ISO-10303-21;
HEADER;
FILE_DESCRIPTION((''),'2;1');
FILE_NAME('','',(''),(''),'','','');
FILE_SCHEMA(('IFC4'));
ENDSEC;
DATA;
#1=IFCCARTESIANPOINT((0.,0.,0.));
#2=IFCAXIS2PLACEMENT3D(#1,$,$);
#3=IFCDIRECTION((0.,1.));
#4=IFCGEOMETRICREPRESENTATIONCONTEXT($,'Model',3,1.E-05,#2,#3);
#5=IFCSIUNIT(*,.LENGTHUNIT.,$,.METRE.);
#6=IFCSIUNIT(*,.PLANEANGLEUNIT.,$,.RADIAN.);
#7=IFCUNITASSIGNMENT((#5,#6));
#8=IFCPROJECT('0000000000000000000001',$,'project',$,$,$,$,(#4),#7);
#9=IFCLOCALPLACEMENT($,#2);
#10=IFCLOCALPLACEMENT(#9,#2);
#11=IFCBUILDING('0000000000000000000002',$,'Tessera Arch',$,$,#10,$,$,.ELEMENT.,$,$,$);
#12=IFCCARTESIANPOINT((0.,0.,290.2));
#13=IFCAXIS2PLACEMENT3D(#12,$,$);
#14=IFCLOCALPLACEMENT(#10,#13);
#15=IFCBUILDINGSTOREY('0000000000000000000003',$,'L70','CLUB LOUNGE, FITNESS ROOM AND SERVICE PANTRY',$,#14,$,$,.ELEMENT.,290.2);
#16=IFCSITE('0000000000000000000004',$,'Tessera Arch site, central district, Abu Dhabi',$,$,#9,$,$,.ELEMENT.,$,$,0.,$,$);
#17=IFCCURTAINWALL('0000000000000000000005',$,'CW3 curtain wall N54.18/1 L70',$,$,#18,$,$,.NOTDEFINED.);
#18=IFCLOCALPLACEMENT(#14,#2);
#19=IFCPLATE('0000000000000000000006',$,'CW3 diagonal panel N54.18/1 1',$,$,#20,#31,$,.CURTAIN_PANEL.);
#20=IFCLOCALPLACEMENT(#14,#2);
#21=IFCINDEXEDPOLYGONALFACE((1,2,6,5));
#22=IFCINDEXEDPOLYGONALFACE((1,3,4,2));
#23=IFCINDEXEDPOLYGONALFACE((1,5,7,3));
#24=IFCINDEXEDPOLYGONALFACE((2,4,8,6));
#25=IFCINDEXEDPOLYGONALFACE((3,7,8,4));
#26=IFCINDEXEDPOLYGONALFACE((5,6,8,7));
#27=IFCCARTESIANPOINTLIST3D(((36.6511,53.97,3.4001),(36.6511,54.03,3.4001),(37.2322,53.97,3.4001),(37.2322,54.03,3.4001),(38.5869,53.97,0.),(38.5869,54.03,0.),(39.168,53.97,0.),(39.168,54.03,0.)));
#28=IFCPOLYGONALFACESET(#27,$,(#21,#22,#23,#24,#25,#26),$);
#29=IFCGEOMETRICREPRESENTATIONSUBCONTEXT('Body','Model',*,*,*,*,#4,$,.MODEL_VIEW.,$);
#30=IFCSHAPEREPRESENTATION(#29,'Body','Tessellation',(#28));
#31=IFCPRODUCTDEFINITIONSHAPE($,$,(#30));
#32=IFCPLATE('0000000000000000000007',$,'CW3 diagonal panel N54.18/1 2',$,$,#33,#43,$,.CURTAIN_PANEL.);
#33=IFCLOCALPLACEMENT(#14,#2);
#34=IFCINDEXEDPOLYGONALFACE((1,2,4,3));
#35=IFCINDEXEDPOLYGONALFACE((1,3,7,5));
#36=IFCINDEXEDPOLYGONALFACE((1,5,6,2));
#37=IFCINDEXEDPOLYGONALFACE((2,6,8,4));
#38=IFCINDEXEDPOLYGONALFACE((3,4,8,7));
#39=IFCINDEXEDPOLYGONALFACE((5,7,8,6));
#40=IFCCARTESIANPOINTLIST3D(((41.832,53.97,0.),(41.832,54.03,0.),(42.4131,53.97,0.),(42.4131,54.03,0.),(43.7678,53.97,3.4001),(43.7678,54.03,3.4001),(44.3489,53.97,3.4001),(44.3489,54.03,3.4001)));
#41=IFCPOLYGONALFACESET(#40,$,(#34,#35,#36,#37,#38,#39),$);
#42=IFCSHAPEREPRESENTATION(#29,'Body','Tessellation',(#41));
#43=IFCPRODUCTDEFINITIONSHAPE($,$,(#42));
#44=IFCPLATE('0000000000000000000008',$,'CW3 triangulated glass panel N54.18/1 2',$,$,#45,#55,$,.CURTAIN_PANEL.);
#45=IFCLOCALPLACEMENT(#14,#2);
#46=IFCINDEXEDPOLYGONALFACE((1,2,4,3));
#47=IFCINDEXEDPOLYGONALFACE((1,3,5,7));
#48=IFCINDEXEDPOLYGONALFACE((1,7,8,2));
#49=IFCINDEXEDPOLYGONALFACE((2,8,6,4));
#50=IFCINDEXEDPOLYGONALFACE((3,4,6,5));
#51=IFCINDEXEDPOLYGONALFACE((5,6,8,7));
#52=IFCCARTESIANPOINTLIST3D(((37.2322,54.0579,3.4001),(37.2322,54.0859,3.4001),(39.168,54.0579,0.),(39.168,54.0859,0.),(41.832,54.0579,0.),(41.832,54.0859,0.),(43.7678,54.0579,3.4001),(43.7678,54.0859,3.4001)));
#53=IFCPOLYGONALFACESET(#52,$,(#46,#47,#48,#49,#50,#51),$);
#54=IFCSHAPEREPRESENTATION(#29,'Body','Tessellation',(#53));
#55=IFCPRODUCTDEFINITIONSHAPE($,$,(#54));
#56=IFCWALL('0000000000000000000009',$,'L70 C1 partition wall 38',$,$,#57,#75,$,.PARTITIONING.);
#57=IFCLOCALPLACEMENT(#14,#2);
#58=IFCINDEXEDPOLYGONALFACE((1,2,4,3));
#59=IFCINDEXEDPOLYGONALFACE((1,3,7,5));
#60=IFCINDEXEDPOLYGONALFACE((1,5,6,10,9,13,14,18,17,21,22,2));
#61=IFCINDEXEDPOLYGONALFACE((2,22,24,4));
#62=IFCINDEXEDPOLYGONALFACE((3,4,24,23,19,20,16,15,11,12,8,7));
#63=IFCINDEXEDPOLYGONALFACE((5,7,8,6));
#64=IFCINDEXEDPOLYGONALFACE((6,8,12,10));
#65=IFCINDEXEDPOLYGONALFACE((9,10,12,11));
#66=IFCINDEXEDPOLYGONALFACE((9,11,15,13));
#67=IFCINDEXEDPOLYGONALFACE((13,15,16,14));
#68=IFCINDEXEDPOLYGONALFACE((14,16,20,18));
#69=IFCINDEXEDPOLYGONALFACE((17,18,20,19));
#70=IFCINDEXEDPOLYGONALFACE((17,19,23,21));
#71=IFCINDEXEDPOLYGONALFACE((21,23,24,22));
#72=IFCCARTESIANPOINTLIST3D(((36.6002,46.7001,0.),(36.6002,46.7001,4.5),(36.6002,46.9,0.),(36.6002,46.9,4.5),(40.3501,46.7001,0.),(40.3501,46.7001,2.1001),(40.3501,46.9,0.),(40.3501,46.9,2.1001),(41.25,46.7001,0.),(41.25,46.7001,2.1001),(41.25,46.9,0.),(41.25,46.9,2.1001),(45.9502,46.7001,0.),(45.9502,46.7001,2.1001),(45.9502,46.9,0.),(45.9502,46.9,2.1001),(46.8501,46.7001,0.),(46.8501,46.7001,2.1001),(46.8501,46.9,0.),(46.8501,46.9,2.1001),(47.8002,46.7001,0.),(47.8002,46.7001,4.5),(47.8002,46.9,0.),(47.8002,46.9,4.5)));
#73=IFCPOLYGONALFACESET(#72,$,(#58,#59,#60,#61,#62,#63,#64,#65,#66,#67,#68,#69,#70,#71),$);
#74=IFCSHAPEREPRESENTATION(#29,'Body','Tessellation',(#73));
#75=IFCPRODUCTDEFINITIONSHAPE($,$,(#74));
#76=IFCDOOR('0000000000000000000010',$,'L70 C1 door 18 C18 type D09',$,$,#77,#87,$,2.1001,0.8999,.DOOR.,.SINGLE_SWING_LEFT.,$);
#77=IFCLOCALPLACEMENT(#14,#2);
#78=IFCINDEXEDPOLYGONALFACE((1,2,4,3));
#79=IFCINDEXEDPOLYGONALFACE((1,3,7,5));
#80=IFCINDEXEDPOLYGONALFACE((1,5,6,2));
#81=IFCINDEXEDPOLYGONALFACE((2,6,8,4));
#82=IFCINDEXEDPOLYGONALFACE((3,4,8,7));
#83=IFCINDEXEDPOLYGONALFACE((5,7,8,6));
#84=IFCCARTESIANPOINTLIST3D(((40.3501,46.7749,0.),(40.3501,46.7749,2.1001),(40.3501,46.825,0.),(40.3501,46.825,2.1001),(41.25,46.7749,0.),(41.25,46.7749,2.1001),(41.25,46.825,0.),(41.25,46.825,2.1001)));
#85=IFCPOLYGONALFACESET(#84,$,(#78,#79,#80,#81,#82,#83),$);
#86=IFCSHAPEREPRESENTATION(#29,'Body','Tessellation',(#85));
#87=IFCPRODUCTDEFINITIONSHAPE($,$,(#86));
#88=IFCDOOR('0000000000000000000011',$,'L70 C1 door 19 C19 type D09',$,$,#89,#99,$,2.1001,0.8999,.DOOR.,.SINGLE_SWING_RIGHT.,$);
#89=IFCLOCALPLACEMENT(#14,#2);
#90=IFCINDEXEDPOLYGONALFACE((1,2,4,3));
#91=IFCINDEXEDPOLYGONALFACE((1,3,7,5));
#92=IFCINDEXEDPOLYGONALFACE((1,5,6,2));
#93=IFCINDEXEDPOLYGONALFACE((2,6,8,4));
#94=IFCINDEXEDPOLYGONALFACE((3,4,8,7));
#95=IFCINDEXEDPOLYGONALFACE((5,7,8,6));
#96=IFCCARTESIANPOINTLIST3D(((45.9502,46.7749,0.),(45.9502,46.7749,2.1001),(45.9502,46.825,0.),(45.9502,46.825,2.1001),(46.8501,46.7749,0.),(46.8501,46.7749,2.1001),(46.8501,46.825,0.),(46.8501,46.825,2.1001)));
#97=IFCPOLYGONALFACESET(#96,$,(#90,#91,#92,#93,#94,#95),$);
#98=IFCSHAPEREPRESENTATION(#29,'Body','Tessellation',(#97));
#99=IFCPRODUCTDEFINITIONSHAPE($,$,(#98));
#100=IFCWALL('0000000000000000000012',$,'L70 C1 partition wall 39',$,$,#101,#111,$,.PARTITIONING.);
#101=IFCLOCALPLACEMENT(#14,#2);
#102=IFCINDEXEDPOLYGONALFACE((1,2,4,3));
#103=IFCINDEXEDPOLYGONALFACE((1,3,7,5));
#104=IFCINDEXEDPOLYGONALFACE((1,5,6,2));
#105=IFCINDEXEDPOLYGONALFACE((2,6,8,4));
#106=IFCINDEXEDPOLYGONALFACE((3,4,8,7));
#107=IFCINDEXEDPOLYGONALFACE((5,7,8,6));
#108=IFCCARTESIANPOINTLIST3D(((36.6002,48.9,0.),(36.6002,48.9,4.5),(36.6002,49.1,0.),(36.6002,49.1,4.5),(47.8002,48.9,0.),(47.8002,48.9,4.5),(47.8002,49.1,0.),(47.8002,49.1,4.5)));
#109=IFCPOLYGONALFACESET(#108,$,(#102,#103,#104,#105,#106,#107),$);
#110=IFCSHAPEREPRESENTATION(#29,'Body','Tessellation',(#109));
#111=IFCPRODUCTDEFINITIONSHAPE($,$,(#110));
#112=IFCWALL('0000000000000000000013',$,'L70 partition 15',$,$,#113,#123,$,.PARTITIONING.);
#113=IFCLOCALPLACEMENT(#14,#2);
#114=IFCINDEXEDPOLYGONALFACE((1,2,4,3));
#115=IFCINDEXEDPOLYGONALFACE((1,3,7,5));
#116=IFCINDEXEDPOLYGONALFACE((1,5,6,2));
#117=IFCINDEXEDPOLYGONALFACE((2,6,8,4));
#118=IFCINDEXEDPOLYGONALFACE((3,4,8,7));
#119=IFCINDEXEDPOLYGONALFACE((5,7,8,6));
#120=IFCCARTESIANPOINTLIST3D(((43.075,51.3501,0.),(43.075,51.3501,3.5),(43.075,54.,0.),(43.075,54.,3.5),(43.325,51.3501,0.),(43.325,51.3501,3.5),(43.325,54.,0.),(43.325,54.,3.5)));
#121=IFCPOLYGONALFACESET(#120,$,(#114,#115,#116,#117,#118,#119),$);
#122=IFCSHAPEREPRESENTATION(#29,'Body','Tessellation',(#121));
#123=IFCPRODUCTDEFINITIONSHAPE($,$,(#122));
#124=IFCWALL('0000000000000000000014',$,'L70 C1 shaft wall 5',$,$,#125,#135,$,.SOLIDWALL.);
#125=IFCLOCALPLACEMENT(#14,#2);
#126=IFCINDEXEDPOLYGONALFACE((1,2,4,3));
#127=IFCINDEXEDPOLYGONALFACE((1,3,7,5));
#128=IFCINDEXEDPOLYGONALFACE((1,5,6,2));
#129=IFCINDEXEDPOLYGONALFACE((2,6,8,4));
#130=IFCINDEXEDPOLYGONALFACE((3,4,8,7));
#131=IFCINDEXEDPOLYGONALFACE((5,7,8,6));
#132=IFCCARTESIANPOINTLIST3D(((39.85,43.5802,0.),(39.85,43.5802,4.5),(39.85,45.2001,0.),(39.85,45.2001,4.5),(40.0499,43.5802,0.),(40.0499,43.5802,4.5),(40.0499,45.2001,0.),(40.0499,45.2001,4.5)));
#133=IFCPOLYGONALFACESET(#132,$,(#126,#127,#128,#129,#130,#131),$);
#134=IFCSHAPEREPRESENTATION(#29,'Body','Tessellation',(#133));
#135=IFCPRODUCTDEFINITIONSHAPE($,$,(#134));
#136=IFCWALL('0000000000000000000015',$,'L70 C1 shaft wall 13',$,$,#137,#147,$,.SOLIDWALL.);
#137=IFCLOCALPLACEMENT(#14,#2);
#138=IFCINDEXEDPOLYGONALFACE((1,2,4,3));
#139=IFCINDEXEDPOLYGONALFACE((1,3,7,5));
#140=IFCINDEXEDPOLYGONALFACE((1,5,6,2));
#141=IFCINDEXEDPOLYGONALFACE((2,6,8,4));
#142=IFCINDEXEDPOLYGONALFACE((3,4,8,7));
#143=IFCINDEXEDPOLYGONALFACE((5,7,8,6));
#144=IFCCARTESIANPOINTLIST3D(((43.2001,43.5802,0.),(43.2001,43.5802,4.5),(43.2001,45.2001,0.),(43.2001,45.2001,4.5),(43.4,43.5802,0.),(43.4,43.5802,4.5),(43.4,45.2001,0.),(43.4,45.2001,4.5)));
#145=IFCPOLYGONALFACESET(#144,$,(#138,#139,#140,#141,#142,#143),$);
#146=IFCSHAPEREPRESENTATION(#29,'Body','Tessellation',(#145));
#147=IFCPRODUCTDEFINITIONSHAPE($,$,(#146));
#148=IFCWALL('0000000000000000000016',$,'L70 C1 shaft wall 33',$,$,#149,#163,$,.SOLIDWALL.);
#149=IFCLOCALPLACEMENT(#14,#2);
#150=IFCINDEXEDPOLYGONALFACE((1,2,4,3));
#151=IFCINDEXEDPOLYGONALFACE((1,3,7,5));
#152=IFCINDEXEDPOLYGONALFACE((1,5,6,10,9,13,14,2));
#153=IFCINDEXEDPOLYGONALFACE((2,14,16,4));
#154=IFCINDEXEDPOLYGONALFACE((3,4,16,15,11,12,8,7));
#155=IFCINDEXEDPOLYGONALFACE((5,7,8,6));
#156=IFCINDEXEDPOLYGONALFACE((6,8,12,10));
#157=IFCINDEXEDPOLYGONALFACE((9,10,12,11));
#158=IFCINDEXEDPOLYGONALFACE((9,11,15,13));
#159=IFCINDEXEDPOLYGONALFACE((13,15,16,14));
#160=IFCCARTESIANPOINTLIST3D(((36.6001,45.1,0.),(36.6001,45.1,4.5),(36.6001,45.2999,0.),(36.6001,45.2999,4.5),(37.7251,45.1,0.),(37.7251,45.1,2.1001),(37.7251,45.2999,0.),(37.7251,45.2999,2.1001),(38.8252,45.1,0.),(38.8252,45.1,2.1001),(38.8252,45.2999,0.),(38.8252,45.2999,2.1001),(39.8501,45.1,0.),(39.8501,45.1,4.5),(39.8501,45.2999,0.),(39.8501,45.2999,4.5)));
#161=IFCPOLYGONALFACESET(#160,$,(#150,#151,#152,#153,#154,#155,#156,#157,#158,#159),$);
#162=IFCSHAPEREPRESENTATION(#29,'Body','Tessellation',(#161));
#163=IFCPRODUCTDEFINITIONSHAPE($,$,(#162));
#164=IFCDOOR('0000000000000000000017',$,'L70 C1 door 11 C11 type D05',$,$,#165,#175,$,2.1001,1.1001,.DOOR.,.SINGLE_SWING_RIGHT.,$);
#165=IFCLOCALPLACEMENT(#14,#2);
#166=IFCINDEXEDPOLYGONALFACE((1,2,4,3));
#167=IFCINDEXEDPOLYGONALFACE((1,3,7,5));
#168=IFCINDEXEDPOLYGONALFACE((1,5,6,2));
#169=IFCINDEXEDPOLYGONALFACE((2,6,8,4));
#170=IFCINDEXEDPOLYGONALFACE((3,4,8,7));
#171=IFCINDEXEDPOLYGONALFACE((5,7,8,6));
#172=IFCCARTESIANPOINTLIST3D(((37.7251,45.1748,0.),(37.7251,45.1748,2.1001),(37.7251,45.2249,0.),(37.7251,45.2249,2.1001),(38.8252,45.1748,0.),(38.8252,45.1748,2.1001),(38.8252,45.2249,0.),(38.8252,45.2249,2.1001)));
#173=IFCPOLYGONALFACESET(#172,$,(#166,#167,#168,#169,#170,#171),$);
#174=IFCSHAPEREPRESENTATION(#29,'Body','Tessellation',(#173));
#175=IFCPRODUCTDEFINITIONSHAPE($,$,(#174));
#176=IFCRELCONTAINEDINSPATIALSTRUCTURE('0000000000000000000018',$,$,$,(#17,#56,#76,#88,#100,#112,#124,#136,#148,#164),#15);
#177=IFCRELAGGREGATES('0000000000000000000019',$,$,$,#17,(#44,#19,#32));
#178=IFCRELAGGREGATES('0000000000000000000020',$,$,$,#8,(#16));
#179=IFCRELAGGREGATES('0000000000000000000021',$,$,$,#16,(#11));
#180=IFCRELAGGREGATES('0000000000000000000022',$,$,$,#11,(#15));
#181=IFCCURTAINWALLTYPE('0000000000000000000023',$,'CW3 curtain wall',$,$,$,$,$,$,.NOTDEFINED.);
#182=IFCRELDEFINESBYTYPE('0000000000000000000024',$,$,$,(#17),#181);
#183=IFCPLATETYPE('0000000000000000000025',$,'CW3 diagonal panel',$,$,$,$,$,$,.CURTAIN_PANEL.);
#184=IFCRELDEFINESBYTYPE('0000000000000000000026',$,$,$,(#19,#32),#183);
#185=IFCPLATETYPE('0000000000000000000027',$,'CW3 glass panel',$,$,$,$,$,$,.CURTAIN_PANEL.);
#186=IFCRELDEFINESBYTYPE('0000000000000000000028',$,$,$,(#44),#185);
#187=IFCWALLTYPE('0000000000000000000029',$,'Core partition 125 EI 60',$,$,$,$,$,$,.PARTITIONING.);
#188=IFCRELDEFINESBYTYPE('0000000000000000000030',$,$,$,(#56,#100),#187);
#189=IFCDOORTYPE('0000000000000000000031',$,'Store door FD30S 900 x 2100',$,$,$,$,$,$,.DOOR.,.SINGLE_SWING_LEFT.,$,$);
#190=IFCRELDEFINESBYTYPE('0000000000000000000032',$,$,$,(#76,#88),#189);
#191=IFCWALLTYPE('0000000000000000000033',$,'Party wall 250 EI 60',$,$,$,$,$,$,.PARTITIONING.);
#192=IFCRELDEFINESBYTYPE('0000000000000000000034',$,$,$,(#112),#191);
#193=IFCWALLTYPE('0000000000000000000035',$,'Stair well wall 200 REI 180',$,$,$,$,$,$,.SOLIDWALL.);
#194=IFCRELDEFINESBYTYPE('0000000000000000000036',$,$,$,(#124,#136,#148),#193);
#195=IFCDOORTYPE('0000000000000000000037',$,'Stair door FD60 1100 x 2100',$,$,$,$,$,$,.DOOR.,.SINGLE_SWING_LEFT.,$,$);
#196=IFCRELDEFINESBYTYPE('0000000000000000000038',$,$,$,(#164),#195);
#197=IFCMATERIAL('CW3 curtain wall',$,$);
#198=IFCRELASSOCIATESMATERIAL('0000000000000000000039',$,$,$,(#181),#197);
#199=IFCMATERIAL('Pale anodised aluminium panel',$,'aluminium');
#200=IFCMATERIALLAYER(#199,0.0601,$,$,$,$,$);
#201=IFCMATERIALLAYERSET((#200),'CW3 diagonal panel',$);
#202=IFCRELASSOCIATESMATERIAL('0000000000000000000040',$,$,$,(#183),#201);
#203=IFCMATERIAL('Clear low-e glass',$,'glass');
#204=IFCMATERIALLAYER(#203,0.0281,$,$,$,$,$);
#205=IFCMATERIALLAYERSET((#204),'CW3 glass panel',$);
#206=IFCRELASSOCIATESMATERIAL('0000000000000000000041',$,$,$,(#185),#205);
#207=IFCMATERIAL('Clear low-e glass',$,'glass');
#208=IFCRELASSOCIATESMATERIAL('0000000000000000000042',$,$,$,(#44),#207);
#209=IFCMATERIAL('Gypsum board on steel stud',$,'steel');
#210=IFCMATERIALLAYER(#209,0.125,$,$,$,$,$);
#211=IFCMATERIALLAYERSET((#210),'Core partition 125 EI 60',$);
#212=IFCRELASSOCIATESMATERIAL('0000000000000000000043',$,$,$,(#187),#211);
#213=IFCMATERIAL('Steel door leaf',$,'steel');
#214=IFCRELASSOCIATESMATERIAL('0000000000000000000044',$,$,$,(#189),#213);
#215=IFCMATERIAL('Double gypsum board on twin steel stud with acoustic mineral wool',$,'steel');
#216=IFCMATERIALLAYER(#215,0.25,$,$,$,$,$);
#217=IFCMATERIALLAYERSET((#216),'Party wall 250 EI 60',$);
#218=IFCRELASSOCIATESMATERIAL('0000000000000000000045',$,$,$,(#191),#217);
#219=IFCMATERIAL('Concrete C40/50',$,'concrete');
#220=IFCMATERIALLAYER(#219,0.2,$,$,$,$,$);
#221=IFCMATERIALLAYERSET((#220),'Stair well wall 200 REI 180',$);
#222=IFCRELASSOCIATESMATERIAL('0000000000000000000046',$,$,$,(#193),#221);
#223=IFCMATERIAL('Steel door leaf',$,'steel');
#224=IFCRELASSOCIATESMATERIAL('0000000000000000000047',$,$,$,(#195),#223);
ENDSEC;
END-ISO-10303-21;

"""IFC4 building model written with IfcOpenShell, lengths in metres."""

from ifc_helpers import new_model, si_unit, direction, frame, frame_2d, origin, place, context, subcontext, project, spatial, polyline, rectangle, outline, extrude, material, layer, layer_set, type_object, element, fill, aggregate, save


model = new_model("IFC4")

# Units and contexts
model_context = context("Model", 3, precision=1e-05, world=origin(), true_north=direction((0.0, 1.0)))
body_context = subcontext(model_context, "Body", "Model", "MODEL_VIEW")
ifc_project = project(units=[si_unit("LENGTHUNIT", "METRE"), si_unit("PLANEANGLEUNIT", "RADIAN")], contexts=[model_context])

# Site, building, storey
site_placement = place(None, origin())
site = spatial("IfcSite", under=ifc_project, at=site_placement, Name="Tessera Arch site, central district, Abu Dhabi", CompositionType="ELEMENT", RefElevation=0.0)
building_placement = place(site_placement, origin())
building = spatial("IfcBuilding", under=site, at=building_placement, Name="Tessera Arch", CompositionType="ELEMENT")
storey_placement = place(building_placement, frame((0.0, 0.0, 290.2)))
storey = spatial("IfcBuildingStorey", under=building, at=storey_placement, Name="L70", Description="CLUB LOUNGE, FITNESS ROOM AND SERVICE PANTRY", CompositionType="ELEMENT", Elevation=290.2)

# Curtain wall, plates
ifc_material_1 = material(Name="CW3 curtain wall")
curtain_wall_type = type_object("IfcCurtainWallType", Name="CW3 curtain wall", PredefinedType="NOTDEFINED", material=ifc_material_1)
curtain_wall_placement = place(storey_placement, origin())
curtain_wall = element("IfcCurtainWall", 1, at=curtain_wall_placement, inside=storey, type_object=curtain_wall_type, Name="CW3 curtain wall N54.18/1 L70", PredefinedType="NOTDEFINED")
ifc_material_2 = material(Name="Pale anodised aluminium panel", Category="aluminium")
ifc_layer_1 = layer(ifc_material_2, 0.0601)
ifc_layer_set_1 = layer_set([ifc_layer_1], Name="CW3 diagonal panel")
plate_type_1 = type_object("IfcPlateType", Name="CW3 diagonal panel", PredefinedType="CURTAIN_PANEL", material=ifc_layer_set_1)
plate_1_placement = place(storey_placement, frame((36.6511, 54.03, 3.4001), z_axis=(0.0, 1.0, 0.0), x_axis=(1.0, 0.0, 0.0)))
plate_1 = element("IfcPlate", 2, at=plate_1_placement, type_object=plate_type_1, Name="CW3 diagonal panel N54.18/1 1", PredefinedType="CURTAIN_PANEL", context=body_context, shape_type="SweptSolid", body=[
    extrude(outline(polyline([(0.0, 0.0), (0.5811, 0.0), (2.5168, 3.4001), (1.9358, 3.4001), (0.0, 0.0)])), origin(), (0.0, 0.0, -1.0), 0.0601),
])
plate_2_placement = place(storey_placement, frame((43.7678, 54.03, 3.4001), z_axis=(0.0, 1.0, 0.0), x_axis=(1.0, 0.0, 0.0)))
plate_2 = element("IfcPlate", 3, at=plate_2_placement, type_object=plate_type_1, Name="CW3 diagonal panel N54.18/1 2", PredefinedType="CURTAIN_PANEL", context=body_context, shape_type="SweptSolid", body=[
    extrude(outline(polyline([(0.0, 0.0), (0.5811, 0.0), (-1.3547, 3.4001), (-1.9358, 3.4001), (0.0, 0.0)])), origin(), (0.0, 0.0, -1.0), 0.0601),
])
ifc_material_3 = material(Name="Clear low-e glass", Category="glass")
ifc_material_4 = material(Name="Clear low-e glass", Category="glass")
ifc_layer_2 = layer(ifc_material_4, 0.0281)
ifc_layer_set_2 = layer_set([ifc_layer_2], Name="CW3 glass panel")
plate_type_2 = type_object("IfcPlateType", Name="CW3 glass panel", PredefinedType="CURTAIN_PANEL", material=ifc_layer_set_2)
plate_3_placement = place(storey_placement, frame((37.2322, 54.0859, 3.4001), z_axis=(0.0, 1.0, 0.0), x_axis=(1.0, 0.0, 0.0)))
plate_3 = element("IfcPlate", 4, at=plate_3_placement, type_object=plate_type_2, material=ifc_material_3, Name="CW3 triangulated glass panel N54.18/1 2", PredefinedType="CURTAIN_PANEL", context=body_context, shape_type="SweptSolid", body=[
    extrude(outline(polyline([(0.0, 0.0), (6.5356, 0.0), (4.5999, 3.4001), (1.9358, 3.4001), (0.0, 0.0)])), origin(), (0.0, 0.0, -1.0), 0.0281),
])
aggregate(curtain_wall, [plate_3, plate_1, plate_2])

# Wall, openings, doors
ifc_material_5 = material(Name="Gypsum board on steel stud", Category="steel")
ifc_layer_3 = layer(ifc_material_5, 0.125)
ifc_layer_set_3 = layer_set([ifc_layer_3], Name="Core partition 125 EI 60")
wall_type_1 = type_object("IfcWallType", Name="Core partition 125 EI 60", PredefinedType="PARTITIONING", material=ifc_layer_set_3)
wall_1_placement = place(storey_placement, frame((36.6001, 46.8, 0.0), z_axis=(0.0, 0.0, 1.0), x_axis=(1.0, 0.0, 0.0)))
wall_1 = element("IfcWall", 5, at=wall_1_placement, inside=storey, type_object=wall_type_1, Name="L70 C1 partition wall 38", PredefinedType="PARTITIONING", context=body_context, shape_type="SweptSolid", body=[
    extrude(rectangle(XDim=11.2, YDim=0.2, at=frame_2d((5.6001, 0.0))), origin(), (0.0, 0.0, 1.0), 4.5),
])
opening_1_placement = place(wall_1_placement, frame((3.75, 0.0, 0.0)))
opening_1 = element("IfcOpeningElement", 6, at=opening_1_placement, cuts=wall_1, PredefinedType="OPENING", context=body_context, shape_type="SweptSolid", body=[
    extrude(rectangle(XDim=0.8999, YDim=2.1001, at=frame_2d((0.45, 1.05))), frame((0.0, 0.1099, 0.0), z_axis=(0.0, -1.0, 0.0), x_axis=(1.0, 0.0, 0.0)), (0.0, 0.0, 1.0), 0.22),
])
opening_2_placement = place(wall_1_placement, frame((9.3501, 0.0, 0.0)))
opening_2 = element("IfcOpeningElement", 7, at=opening_2_placement, cuts=wall_1, PredefinedType="OPENING", context=body_context, shape_type="SweptSolid", body=[
    extrude(rectangle(XDim=0.8999, YDim=2.1001, at=frame_2d((0.45, 1.05))), frame((0.0, 0.1099, 0.0), z_axis=(0.0, -1.0, 0.0), x_axis=(1.0, 0.0, 0.0)), (0.0, 0.0, 1.0), 0.22),
])
ifc_material_6 = material(Name="Steel door leaf", Category="steel")
door_type_1 = type_object("IfcDoorType", Name="Store door FD30S 900 x 2100", OperationType="SINGLE_SWING_LEFT", PredefinedType="DOOR", material=ifc_material_6)
door_1_placement = place(opening_1_placement, origin())
door_1 = element("IfcDoor", 8, at=door_1_placement, inside=storey, type_object=door_type_1, Name="L70 C1 door 18 C18 type D09", OperationType="SINGLE_SWING_LEFT", OverallHeight=2.1001, OverallWidth=0.8999, PredefinedType="DOOR", context=body_context, shape_type="SweptSolid", body=[
    extrude(rectangle(XDim=0.8999, YDim=2.1001, at=frame_2d((0.45, 1.05))), frame((0.0, 0.0249, 0.0), z_axis=(0.0, -1.0, 0.0), x_axis=(1.0, 0.0, 0.0)), (0.0, 0.0, 1.0), 0.05),
])
fill(opening_1, door_1)
door_2_placement = place(opening_2_placement, origin())
door_2 = element("IfcDoor", 9, at=door_2_placement, inside=storey, type_object=door_type_1, Name="L70 C1 door 19 C19 type D09", OperationType="SINGLE_SWING_RIGHT", OverallHeight=2.1001, OverallWidth=0.8999, PredefinedType="DOOR", context=body_context, shape_type="SweptSolid", body=[
    extrude(rectangle(XDim=0.8999, YDim=2.1001, at=frame_2d((0.45, 1.05))), frame((0.0, 0.0249, 0.0), z_axis=(0.0, -1.0, 0.0), x_axis=(1.0, 0.0, 0.0)), (0.0, 0.0, 1.0), 0.05),
])
fill(opening_2, door_2)

# Walls
wall_2_placement = place(storey_placement, frame((36.6001, 49.0, 0.0), z_axis=(0.0, 0.0, 1.0), x_axis=(1.0, 0.0, 0.0)))
element("IfcWall", 10, at=wall_2_placement, inside=storey, type_object=wall_type_1, Name="L70 C1 partition wall 39", PredefinedType="PARTITIONING", context=body_context, shape_type="SweptSolid", body=[
    extrude(rectangle(XDim=11.2, YDim=0.2, at=frame_2d((5.6001, 0.0))), origin(), (0.0, 0.0, 1.0), 4.5),
])
ifc_material_7 = material(Name="Double gypsum board on twin steel stud with acoustic mineral wool", Category="steel")
ifc_layer_4 = layer(ifc_material_7, 0.25)
ifc_layer_set_4 = layer_set([ifc_layer_4], Name="Party wall 250 EI 60")
wall_type_2 = type_object("IfcWallType", Name="Party wall 250 EI 60", PredefinedType="PARTITIONING", material=ifc_layer_set_4)
wall_3_placement = place(storey_placement, frame((43.2, 51.3501, 0.0), z_axis=(0.0, 0.0, 1.0), x_axis=(0.0, 1.0, 0.0)))
element("IfcWall", 11, at=wall_3_placement, inside=storey, type_object=wall_type_2, Name="L70 partition 15", PredefinedType="PARTITIONING", context=body_context, shape_type="SweptSolid", body=[
    extrude(rectangle(XDim=2.6499, YDim=0.25, at=frame_2d((1.325, 0.0))), origin(), (0.0, 0.0, 1.0), 3.5),
])
ifc_material_8 = material(Name="Concrete C40/50", Category="concrete")
ifc_layer_5 = layer(ifc_material_8, 0.2)
ifc_layer_set_5 = layer_set([ifc_layer_5], Name="Stair well wall 200 REI 180")
wall_type_3 = type_object("IfcWallType", Name="Stair well wall 200 REI 180", PredefinedType="SOLIDWALL", material=ifc_layer_set_5)
for number, where, z_axis, x_axis, name in (
    (12, (39.95, 43.5801, 0.0), (0.0, 0.0, 1.0), (0.0, 1.0, 0.0), "L70 C1 shaft wall 5"),
    (13, (43.3, 43.5801, 0.0), (0.0, 0.0, 1.0), (0.0, 1.0, 0.0), "L70 C1 shaft wall 13"),
):
    element("IfcWall", number, at=place(storey_placement, frame(where, z_axis=z_axis, x_axis=x_axis)), inside=storey, type_object=wall_type_3, Name=name, PredefinedType="SOLIDWALL", context=body_context, shape_type="SweptSolid", body=[
        extrude(rectangle(XDim=1.6199, YDim=0.2, at=frame_2d((0.8101, 0.0))), origin(), (0.0, 0.0, 1.0), 4.5),
    ])

# Wall, opening, door
wall_4_placement = place(storey_placement, frame((36.6001, 45.2, 0.0), z_axis=(0.0, 0.0, 1.0), x_axis=(1.0, 0.0, 0.0)))
wall_4 = element("IfcWall", 14, at=wall_4_placement, inside=storey, type_object=wall_type_3, Name="L70 C1 shaft wall 33", PredefinedType="SOLIDWALL", context=body_context, shape_type="SweptSolid", body=[
    extrude(rectangle(XDim=3.25, YDim=0.2, at=frame_2d((1.625, 0.0))), origin(), (0.0, 0.0, 1.0), 4.5),
])
opening_3_placement = place(wall_4_placement, frame((1.125, 0.0, 0.0)))
opening_3 = element("IfcOpeningElement", 15, at=opening_3_placement, cuts=wall_4, PredefinedType="OPENING", context=body_context, shape_type="SweptSolid", body=[
    extrude(rectangle(XDim=1.1001, YDim=2.1001, at=frame_2d((0.55, 1.05))), frame((0.0, 0.1099, 0.0), z_axis=(0.0, -1.0, 0.0), x_axis=(1.0, 0.0, 0.0)), (0.0, 0.0, 1.0), 0.22),
])
ifc_material_9 = material(Name="Steel door leaf", Category="steel")
door_type_2 = type_object("IfcDoorType", Name="Stair door FD60 1100 x 2100", OperationType="SINGLE_SWING_LEFT", PredefinedType="DOOR", material=ifc_material_9)
door_3_placement = place(opening_3_placement, origin())
door_3 = element("IfcDoor", 16, at=door_3_placement, inside=storey, type_object=door_type_2, Name="L70 C1 door 11 C11 type D05", OperationType="SINGLE_SWING_RIGHT", OverallHeight=2.1001, OverallWidth=1.1001, PredefinedType="DOOR", context=body_context, shape_type="SweptSolid", body=[
    extrude(rectangle(XDim=1.1001, YDim=2.1001, at=frame_2d((0.55, 1.05))), frame((0.0, 0.0249, 0.0), z_axis=(0.0, -1.0, 0.0), x_axis=(1.0, 0.0, 0.0)), (0.0, 0.0, 1.0), 0.05),
])
fill(opening_3, door_3)

save(model, "model.ifc")
